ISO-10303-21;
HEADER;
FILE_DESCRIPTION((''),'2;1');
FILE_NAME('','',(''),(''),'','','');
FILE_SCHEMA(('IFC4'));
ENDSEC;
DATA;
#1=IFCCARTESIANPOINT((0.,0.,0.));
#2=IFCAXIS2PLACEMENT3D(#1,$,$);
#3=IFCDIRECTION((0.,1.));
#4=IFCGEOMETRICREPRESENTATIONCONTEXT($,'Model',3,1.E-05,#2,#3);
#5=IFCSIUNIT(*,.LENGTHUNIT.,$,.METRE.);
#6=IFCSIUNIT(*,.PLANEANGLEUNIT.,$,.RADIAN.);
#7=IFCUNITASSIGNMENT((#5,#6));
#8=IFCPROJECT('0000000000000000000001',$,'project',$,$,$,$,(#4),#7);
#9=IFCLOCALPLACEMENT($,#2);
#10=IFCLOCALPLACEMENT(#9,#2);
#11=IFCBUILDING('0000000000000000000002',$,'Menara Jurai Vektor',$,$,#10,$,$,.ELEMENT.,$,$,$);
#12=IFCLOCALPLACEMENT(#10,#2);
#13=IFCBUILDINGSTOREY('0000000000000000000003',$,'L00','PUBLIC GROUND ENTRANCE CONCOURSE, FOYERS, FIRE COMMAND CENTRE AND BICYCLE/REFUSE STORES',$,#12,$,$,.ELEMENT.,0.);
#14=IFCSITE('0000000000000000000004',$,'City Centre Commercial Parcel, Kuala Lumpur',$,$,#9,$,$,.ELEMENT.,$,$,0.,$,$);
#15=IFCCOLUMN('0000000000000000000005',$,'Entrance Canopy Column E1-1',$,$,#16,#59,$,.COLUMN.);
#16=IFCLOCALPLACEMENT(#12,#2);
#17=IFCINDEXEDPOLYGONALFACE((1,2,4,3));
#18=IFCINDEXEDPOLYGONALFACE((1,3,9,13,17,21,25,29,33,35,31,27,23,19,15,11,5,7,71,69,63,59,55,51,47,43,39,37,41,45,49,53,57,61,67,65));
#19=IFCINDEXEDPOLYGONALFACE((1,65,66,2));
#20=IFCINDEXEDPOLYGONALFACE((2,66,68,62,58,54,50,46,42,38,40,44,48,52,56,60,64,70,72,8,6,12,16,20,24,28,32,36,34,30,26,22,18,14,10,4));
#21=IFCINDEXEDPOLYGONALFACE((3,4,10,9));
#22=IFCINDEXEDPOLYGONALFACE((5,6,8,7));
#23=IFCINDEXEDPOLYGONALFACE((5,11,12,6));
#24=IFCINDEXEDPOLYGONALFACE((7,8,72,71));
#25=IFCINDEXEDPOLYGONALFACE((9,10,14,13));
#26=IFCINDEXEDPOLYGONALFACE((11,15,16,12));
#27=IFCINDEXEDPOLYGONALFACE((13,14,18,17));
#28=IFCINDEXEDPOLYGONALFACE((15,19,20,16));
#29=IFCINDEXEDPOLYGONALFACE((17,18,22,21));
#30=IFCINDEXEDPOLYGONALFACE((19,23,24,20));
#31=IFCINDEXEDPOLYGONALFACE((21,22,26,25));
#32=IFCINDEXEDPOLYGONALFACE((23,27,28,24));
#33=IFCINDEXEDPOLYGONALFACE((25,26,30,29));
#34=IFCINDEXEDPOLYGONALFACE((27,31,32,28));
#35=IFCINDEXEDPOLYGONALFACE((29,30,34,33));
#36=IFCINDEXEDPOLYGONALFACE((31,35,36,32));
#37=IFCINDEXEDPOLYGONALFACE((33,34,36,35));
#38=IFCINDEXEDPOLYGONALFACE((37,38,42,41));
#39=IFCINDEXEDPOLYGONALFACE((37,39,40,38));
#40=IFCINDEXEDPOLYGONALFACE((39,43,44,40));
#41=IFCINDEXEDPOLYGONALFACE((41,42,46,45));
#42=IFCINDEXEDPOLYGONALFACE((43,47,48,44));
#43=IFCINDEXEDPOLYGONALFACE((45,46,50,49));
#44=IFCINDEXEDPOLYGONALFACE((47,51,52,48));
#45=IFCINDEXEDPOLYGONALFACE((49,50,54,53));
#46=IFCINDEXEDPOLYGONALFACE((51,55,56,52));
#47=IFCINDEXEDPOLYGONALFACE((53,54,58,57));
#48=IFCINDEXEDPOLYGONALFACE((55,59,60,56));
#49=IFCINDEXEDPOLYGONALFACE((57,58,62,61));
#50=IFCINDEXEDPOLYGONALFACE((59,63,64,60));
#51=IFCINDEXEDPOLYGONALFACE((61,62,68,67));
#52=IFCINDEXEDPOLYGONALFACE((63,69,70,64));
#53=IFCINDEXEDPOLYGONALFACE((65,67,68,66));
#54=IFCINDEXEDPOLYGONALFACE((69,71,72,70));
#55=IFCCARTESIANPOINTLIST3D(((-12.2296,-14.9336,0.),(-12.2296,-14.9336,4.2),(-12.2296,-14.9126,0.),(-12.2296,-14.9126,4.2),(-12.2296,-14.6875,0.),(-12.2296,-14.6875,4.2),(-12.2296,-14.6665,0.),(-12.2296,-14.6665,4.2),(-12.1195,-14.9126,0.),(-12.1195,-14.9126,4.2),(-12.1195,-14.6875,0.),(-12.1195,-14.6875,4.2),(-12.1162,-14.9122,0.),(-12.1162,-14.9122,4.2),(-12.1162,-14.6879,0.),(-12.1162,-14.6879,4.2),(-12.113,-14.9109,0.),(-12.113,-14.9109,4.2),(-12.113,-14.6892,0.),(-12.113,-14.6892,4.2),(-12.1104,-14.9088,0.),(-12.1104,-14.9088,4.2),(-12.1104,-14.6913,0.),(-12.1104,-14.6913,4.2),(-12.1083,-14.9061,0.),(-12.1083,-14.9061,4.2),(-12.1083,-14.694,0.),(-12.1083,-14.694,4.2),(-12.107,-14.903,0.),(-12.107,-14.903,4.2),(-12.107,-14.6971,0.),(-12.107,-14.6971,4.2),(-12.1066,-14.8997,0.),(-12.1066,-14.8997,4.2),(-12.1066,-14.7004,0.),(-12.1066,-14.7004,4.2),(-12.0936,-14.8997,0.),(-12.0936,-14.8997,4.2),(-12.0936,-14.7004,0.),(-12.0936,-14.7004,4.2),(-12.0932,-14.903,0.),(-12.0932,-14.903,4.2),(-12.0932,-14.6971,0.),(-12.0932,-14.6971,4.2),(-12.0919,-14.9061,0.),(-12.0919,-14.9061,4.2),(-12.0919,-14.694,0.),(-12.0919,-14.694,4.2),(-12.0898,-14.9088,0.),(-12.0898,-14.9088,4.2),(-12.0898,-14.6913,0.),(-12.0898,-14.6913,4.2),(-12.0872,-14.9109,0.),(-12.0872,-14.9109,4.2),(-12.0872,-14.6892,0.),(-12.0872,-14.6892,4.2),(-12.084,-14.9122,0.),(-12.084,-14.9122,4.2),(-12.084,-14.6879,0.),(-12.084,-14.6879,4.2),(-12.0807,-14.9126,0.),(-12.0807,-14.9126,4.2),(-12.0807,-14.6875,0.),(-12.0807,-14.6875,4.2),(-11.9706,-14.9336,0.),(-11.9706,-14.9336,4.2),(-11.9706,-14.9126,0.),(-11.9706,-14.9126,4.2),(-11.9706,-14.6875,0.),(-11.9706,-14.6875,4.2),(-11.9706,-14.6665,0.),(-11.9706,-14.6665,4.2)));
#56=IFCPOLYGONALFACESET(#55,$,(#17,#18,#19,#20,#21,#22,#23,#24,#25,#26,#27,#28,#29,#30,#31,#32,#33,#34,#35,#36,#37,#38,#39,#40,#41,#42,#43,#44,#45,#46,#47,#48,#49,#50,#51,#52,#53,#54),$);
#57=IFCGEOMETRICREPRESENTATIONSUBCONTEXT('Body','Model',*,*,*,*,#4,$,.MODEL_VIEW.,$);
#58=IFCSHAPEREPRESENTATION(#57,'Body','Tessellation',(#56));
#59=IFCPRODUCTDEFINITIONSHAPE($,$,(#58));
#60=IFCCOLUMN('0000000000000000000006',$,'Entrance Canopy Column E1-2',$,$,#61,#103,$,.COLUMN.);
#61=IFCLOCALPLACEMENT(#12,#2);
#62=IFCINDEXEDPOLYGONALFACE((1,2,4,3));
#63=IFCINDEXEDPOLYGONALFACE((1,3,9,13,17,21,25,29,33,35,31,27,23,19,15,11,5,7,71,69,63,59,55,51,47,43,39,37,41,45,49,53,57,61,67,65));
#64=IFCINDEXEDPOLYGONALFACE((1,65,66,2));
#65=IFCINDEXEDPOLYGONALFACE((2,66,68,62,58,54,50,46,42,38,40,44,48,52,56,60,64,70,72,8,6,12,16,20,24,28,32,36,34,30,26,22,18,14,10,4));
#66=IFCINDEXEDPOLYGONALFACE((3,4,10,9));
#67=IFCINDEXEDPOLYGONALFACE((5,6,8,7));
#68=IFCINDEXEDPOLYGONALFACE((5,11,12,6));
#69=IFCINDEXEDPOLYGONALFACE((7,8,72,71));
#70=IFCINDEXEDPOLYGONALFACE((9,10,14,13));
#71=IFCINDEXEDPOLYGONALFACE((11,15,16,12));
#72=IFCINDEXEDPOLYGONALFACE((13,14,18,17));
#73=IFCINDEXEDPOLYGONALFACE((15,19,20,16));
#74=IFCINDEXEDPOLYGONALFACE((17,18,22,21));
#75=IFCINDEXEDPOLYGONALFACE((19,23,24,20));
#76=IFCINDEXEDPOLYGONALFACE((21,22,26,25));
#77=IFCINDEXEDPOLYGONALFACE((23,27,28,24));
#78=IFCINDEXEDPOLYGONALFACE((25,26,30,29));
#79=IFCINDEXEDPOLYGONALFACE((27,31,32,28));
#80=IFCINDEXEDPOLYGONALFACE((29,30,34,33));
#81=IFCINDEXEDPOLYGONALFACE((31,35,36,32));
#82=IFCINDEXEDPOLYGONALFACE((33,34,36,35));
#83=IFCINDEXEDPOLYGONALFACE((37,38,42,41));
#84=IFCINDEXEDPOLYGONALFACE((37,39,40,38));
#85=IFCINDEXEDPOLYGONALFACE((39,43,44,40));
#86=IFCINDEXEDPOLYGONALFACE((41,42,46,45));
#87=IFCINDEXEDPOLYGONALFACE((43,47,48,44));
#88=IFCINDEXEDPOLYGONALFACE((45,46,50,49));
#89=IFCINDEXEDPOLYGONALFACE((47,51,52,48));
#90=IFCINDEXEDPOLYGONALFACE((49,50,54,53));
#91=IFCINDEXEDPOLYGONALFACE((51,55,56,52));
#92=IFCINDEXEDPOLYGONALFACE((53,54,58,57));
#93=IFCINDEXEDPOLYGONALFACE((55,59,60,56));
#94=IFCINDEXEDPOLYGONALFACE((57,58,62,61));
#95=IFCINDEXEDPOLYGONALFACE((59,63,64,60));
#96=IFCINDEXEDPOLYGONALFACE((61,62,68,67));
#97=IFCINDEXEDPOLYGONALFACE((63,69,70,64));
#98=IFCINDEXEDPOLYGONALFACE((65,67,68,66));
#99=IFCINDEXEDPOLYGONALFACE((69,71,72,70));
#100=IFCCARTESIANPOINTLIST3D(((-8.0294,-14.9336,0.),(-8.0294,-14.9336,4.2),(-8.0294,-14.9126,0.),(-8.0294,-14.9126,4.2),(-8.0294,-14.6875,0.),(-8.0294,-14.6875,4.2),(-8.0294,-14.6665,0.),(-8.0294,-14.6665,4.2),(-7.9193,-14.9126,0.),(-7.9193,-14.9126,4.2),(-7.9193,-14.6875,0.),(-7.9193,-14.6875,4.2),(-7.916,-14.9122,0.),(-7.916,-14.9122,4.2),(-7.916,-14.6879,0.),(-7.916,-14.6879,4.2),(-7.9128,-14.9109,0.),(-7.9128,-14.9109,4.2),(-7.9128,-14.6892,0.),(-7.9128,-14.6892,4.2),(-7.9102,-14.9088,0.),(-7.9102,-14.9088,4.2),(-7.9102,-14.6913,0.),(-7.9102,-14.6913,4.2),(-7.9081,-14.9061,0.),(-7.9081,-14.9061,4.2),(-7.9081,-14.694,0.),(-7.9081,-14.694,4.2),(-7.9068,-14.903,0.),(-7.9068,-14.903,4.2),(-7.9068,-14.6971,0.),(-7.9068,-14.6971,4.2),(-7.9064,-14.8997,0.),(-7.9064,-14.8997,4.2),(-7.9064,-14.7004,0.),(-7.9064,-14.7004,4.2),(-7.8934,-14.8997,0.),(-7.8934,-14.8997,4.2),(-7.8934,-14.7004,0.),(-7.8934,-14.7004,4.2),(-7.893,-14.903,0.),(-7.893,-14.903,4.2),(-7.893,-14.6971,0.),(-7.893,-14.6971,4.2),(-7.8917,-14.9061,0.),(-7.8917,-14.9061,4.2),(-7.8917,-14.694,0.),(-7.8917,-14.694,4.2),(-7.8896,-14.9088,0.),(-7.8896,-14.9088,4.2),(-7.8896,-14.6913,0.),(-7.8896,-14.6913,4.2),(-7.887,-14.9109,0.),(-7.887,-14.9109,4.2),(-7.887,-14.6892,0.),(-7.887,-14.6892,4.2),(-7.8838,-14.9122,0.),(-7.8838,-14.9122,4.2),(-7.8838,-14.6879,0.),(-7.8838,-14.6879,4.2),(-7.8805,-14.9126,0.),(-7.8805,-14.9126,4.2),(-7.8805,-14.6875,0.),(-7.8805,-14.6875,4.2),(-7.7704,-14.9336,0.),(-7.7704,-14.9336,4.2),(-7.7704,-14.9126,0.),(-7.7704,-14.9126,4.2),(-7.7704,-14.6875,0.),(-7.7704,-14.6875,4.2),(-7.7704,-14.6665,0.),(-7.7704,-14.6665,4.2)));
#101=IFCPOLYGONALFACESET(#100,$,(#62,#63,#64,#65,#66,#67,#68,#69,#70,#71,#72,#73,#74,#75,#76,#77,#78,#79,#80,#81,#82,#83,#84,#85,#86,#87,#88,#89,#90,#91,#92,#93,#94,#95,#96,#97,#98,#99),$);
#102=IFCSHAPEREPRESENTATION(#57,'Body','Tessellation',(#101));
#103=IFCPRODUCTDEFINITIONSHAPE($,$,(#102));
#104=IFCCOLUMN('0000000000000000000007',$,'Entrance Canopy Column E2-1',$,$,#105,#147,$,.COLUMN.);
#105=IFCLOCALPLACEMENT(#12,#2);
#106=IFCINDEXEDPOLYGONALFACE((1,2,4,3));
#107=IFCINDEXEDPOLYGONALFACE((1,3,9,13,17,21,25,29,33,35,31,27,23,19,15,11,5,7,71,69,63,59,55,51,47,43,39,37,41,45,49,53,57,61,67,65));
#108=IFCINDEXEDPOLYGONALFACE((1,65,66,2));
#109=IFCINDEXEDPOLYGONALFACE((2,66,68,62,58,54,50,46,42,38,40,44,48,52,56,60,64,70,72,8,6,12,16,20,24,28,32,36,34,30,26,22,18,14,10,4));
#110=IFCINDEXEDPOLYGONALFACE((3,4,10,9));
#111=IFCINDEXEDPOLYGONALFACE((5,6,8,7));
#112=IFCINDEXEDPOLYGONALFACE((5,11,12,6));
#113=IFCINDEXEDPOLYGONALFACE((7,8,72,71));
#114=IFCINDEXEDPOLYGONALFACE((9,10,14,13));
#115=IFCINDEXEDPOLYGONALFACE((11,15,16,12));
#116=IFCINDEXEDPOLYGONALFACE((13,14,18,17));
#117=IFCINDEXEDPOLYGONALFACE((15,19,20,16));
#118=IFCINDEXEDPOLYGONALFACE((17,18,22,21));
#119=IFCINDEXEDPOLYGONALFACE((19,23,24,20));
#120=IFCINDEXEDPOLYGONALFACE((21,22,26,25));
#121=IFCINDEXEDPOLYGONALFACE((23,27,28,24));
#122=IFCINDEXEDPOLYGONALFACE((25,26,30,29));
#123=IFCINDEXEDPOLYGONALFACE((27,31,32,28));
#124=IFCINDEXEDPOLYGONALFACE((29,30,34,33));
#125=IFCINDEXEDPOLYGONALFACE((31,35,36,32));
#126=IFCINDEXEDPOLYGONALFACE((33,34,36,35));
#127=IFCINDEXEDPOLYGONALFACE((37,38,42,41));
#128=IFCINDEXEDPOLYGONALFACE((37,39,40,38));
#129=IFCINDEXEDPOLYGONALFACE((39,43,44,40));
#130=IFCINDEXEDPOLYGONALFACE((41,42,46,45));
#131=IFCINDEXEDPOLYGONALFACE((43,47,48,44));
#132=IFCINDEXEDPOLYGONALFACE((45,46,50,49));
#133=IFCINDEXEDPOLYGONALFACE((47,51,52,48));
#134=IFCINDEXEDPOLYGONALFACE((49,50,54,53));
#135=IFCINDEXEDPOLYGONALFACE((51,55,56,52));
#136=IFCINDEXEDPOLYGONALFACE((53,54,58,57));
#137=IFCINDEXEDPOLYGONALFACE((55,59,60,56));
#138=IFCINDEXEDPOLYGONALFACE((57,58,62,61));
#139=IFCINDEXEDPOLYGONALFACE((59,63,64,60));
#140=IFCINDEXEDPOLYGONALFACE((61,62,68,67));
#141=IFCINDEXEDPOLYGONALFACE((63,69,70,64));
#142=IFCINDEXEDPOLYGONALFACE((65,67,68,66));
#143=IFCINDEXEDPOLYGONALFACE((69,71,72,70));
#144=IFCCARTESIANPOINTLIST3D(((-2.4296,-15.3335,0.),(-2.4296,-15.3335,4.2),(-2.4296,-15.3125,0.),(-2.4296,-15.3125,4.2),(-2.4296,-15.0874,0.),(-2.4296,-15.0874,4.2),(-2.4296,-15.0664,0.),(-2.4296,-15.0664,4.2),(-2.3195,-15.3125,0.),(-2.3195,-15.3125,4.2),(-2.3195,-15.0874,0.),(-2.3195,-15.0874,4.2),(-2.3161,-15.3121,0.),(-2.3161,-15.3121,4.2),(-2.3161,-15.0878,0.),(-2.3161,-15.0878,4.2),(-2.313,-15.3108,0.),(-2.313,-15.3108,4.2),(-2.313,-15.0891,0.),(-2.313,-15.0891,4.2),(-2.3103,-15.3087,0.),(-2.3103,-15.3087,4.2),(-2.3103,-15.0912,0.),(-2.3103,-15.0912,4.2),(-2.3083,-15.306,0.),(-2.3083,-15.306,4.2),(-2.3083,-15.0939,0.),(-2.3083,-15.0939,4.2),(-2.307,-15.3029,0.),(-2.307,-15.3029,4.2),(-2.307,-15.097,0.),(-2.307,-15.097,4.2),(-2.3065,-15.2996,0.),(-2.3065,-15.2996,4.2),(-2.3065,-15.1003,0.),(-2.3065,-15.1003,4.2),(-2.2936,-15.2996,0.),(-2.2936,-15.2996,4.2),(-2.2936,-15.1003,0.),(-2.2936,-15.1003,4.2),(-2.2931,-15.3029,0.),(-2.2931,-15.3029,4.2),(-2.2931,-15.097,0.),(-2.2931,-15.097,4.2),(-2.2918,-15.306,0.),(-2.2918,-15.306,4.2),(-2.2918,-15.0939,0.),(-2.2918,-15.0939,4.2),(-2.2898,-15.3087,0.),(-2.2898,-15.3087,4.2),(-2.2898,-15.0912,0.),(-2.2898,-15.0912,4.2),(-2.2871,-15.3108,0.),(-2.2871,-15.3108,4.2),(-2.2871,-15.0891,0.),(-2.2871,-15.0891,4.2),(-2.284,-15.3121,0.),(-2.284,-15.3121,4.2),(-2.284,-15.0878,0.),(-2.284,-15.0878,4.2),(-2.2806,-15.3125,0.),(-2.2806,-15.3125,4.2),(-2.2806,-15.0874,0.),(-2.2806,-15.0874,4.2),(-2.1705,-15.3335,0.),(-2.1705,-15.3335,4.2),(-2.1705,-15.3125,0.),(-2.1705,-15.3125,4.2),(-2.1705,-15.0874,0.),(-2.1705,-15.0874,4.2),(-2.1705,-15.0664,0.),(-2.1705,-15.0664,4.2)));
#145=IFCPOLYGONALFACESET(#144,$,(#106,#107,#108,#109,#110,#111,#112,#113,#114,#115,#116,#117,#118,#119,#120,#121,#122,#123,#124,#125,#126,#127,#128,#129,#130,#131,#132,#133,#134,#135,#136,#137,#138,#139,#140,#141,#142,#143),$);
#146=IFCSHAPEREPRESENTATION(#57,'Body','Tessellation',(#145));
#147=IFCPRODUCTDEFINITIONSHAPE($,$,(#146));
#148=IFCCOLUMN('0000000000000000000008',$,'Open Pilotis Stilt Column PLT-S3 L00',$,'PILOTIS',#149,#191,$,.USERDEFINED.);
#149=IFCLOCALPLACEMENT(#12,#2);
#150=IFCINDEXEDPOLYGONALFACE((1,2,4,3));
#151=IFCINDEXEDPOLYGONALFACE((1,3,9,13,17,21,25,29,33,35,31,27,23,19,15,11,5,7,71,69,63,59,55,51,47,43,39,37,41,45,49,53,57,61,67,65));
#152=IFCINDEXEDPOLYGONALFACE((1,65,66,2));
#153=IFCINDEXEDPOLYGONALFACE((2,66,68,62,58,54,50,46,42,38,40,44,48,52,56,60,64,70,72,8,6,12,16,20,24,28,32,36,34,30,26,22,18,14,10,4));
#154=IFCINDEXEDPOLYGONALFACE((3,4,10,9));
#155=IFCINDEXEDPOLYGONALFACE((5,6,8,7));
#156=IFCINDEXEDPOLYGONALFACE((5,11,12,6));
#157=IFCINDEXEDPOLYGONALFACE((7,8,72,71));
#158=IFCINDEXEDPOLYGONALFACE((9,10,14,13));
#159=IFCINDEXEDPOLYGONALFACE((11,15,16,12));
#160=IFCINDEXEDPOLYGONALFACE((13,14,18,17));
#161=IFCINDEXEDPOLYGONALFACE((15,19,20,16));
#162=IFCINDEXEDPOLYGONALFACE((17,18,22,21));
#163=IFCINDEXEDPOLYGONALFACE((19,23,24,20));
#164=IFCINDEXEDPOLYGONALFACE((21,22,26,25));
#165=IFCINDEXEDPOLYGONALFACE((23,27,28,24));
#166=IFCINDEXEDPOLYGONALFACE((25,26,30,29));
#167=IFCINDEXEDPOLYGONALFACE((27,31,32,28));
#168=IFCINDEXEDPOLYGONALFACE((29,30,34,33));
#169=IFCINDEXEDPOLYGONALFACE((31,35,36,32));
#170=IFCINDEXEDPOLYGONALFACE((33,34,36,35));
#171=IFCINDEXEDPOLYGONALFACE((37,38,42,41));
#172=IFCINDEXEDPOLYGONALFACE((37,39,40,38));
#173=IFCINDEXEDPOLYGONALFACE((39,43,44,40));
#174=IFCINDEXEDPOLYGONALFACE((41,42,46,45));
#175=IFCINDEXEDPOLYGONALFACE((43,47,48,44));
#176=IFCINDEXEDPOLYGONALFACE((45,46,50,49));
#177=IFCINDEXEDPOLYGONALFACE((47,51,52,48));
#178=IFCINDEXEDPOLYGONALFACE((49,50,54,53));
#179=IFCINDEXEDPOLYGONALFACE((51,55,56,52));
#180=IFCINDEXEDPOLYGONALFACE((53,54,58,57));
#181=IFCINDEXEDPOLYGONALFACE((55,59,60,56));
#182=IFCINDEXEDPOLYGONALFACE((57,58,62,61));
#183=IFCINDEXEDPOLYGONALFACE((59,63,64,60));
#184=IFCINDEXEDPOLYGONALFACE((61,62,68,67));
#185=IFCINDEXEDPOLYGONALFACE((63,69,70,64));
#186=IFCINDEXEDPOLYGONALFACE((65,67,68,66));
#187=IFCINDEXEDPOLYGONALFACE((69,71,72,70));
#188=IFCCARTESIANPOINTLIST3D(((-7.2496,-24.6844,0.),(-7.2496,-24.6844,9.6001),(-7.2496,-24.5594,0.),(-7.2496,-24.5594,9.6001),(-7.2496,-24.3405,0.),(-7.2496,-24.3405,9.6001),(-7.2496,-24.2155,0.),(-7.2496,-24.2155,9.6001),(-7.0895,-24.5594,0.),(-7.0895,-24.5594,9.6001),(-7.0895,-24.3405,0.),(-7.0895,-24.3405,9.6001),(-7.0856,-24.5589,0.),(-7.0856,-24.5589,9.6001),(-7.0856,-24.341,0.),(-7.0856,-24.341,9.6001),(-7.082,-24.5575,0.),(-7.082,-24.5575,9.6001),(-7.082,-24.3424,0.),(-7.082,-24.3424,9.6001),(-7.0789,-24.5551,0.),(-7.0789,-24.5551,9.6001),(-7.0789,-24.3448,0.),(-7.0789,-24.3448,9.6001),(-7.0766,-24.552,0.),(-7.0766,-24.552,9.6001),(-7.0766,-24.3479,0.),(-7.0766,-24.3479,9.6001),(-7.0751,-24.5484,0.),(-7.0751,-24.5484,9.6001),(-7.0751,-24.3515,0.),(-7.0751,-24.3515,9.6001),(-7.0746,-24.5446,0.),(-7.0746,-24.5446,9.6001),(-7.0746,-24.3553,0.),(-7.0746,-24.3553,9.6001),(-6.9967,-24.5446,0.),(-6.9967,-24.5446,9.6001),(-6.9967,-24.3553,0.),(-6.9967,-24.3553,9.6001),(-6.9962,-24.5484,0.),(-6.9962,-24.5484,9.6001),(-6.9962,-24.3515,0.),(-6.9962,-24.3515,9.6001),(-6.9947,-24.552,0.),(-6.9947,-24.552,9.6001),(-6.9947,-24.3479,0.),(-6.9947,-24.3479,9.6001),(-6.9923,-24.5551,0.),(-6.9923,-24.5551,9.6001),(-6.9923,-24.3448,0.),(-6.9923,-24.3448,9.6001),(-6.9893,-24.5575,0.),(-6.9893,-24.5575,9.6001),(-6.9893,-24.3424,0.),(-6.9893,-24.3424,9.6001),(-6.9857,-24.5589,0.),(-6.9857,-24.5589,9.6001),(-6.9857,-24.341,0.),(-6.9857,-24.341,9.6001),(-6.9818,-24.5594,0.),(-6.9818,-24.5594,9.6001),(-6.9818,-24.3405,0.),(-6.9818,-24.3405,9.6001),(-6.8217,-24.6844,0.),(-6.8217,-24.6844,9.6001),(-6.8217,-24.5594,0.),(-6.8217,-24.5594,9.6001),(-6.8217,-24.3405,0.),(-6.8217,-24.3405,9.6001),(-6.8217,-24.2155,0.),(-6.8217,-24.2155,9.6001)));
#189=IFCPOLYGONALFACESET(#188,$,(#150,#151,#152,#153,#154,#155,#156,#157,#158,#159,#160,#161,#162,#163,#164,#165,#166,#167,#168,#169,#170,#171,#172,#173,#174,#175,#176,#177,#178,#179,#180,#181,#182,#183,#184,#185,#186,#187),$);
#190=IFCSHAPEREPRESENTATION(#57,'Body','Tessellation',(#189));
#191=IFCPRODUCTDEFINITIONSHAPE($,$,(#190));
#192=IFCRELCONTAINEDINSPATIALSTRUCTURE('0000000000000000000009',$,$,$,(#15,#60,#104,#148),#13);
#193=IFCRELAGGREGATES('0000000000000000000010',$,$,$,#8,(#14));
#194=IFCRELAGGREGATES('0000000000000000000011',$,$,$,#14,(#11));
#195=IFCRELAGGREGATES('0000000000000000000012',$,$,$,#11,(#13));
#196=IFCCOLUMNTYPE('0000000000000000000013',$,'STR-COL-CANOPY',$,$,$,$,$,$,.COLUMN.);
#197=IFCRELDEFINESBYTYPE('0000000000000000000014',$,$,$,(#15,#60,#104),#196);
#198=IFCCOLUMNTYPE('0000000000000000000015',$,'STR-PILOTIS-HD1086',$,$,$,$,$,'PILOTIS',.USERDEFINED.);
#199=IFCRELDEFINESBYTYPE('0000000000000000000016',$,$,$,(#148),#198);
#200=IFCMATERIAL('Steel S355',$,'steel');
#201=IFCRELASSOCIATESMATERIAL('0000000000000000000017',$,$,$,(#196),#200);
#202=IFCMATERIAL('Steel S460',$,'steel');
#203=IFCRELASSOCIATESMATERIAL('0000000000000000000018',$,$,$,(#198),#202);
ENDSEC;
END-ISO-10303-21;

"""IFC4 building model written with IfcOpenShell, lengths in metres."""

from ifc_helpers import new_model, si_unit, direction, frame, origin, origin_2d, place, context, subcontext, project, spatial, i_section, extrude, material, material_profile, profile_set, type_object, element, save


model = new_model("IFC4")

# Units and contexts
model_context = context("Model", 3, precision=1e-05, world=origin(), true_north=direction((0.0, 1.0)))
body_context = subcontext(model_context, "Body", "Model", "MODEL_VIEW")
ifc_project = project(units=[si_unit("LENGTHUNIT", "METRE"), si_unit("PLANEANGLEUNIT", "RADIAN")], contexts=[model_context])

# Site, building, storey
site_placement = place(None, origin())
site = spatial("IfcSite", under=ifc_project, at=site_placement, Name="City Centre Commercial Parcel, Kuala Lumpur", CompositionType="ELEMENT", RefElevation=0.0)
building_placement = place(site_placement, origin())
building = spatial("IfcBuilding", under=site, at=building_placement, Name="Menara Jurai Vektor", CompositionType="ELEMENT")
storey_placement = place(building_placement, origin())
storey = spatial("IfcBuildingStorey", under=building, at=storey_placement, Name="L00", Description="PUBLIC GROUND ENTRANCE CONCOURSE, FOYERS, FIRE COMMAND CENTRE AND BICYCLE/REFUSE STORES", CompositionType="ELEMENT", Elevation=0.0)

# Columns
ifc_material_1 = material(Name="Steel S355", Category="steel")
ifc_material_profile_1 = material_profile(ifc_material_1, i_section(OverallWidth=0.259, OverallDepth=0.2671, WebThickness=0.0129, FlangeThickness=0.021, FilletRadius=0.0129, at=origin_2d()), Name="UKC 254x254x107")
ifc_profile_set_1 = profile_set([ifc_material_profile_1], Name="Steel S355")
column_type_1 = type_object("IfcColumnType", Name="STR-COL-CANOPY", PredefinedType="COLUMN", material=ifc_profile_set_1)
for number, where, z_axis, x_axis, name in (
    (1, (-12.1001, -14.8, 0.0), (0.0, 0.0, 1.0), (1.0, 0.0, 0.0), "Entrance Canopy Column E1-1"),
    (2, (-7.8999, -14.8, 0.0), (0.0, 0.0, 1.0), (1.0, 0.0, 0.0), "Entrance Canopy Column E1-2"),
    (3, (-2.3, -15.2, 0.0), (0.0, 0.0, 1.0), (1.0, 0.0, 0.0), "Entrance Canopy Column E2-1"),
):
    element("IfcColumn", number, at=place(storey_placement, frame(where, z_axis=z_axis, x_axis=x_axis)), inside=storey, type_object=column_type_1, Name=name, PredefinedType="COLUMN", context=body_context, shape_type="SweptSolid", body=[
        extrude(i_section(OverallWidth=0.259, OverallDepth=0.2671, WebThickness=0.0129, FlangeThickness=0.021, FilletRadius=0.0129, at=origin_2d()), origin(), (0.0, 0.0, 1.0), 4.2),
    ])
ifc_material_2 = material(Name="Steel S460", Category="steel")
ifc_material_profile_2 = material_profile(ifc_material_2, i_section(OverallWidth=0.428, OverallDepth=0.469, WebThickness=0.0779, FlangeThickness=0.125, FilletRadius=0.0149, at=origin_2d()), Name="HD 400x1086")
ifc_profile_set_2 = profile_set([ifc_material_profile_2], Name="Steel S460")
column_type_2 = type_object("IfcColumnType", Name="STR-PILOTIS-HD1086", ElementType="PILOTIS", PredefinedType="USERDEFINED", material=ifc_profile_set_2)
column_placement = place(storey_placement, frame((-7.0356, -24.45, 0.0), z_axis=(0.0, 0.0, 1.0), x_axis=(1.0, 0.0, 0.0)))
element("IfcColumn", 4, at=column_placement, inside=storey, type_object=column_type_2, Name="Open Pilotis Stilt Column PLT-S3 L00", ObjectType="PILOTIS", PredefinedType="USERDEFINED", context=body_context, shape_type="SweptSolid", body=[
    extrude(i_section(OverallWidth=0.428, OverallDepth=0.469, WebThickness=0.0779, FlangeThickness=0.125, FilletRadius=0.0149, at=origin_2d()), origin(), (0.0, 0.0, 1.0), 9.6001),
])

save(model, "model.ifc")
